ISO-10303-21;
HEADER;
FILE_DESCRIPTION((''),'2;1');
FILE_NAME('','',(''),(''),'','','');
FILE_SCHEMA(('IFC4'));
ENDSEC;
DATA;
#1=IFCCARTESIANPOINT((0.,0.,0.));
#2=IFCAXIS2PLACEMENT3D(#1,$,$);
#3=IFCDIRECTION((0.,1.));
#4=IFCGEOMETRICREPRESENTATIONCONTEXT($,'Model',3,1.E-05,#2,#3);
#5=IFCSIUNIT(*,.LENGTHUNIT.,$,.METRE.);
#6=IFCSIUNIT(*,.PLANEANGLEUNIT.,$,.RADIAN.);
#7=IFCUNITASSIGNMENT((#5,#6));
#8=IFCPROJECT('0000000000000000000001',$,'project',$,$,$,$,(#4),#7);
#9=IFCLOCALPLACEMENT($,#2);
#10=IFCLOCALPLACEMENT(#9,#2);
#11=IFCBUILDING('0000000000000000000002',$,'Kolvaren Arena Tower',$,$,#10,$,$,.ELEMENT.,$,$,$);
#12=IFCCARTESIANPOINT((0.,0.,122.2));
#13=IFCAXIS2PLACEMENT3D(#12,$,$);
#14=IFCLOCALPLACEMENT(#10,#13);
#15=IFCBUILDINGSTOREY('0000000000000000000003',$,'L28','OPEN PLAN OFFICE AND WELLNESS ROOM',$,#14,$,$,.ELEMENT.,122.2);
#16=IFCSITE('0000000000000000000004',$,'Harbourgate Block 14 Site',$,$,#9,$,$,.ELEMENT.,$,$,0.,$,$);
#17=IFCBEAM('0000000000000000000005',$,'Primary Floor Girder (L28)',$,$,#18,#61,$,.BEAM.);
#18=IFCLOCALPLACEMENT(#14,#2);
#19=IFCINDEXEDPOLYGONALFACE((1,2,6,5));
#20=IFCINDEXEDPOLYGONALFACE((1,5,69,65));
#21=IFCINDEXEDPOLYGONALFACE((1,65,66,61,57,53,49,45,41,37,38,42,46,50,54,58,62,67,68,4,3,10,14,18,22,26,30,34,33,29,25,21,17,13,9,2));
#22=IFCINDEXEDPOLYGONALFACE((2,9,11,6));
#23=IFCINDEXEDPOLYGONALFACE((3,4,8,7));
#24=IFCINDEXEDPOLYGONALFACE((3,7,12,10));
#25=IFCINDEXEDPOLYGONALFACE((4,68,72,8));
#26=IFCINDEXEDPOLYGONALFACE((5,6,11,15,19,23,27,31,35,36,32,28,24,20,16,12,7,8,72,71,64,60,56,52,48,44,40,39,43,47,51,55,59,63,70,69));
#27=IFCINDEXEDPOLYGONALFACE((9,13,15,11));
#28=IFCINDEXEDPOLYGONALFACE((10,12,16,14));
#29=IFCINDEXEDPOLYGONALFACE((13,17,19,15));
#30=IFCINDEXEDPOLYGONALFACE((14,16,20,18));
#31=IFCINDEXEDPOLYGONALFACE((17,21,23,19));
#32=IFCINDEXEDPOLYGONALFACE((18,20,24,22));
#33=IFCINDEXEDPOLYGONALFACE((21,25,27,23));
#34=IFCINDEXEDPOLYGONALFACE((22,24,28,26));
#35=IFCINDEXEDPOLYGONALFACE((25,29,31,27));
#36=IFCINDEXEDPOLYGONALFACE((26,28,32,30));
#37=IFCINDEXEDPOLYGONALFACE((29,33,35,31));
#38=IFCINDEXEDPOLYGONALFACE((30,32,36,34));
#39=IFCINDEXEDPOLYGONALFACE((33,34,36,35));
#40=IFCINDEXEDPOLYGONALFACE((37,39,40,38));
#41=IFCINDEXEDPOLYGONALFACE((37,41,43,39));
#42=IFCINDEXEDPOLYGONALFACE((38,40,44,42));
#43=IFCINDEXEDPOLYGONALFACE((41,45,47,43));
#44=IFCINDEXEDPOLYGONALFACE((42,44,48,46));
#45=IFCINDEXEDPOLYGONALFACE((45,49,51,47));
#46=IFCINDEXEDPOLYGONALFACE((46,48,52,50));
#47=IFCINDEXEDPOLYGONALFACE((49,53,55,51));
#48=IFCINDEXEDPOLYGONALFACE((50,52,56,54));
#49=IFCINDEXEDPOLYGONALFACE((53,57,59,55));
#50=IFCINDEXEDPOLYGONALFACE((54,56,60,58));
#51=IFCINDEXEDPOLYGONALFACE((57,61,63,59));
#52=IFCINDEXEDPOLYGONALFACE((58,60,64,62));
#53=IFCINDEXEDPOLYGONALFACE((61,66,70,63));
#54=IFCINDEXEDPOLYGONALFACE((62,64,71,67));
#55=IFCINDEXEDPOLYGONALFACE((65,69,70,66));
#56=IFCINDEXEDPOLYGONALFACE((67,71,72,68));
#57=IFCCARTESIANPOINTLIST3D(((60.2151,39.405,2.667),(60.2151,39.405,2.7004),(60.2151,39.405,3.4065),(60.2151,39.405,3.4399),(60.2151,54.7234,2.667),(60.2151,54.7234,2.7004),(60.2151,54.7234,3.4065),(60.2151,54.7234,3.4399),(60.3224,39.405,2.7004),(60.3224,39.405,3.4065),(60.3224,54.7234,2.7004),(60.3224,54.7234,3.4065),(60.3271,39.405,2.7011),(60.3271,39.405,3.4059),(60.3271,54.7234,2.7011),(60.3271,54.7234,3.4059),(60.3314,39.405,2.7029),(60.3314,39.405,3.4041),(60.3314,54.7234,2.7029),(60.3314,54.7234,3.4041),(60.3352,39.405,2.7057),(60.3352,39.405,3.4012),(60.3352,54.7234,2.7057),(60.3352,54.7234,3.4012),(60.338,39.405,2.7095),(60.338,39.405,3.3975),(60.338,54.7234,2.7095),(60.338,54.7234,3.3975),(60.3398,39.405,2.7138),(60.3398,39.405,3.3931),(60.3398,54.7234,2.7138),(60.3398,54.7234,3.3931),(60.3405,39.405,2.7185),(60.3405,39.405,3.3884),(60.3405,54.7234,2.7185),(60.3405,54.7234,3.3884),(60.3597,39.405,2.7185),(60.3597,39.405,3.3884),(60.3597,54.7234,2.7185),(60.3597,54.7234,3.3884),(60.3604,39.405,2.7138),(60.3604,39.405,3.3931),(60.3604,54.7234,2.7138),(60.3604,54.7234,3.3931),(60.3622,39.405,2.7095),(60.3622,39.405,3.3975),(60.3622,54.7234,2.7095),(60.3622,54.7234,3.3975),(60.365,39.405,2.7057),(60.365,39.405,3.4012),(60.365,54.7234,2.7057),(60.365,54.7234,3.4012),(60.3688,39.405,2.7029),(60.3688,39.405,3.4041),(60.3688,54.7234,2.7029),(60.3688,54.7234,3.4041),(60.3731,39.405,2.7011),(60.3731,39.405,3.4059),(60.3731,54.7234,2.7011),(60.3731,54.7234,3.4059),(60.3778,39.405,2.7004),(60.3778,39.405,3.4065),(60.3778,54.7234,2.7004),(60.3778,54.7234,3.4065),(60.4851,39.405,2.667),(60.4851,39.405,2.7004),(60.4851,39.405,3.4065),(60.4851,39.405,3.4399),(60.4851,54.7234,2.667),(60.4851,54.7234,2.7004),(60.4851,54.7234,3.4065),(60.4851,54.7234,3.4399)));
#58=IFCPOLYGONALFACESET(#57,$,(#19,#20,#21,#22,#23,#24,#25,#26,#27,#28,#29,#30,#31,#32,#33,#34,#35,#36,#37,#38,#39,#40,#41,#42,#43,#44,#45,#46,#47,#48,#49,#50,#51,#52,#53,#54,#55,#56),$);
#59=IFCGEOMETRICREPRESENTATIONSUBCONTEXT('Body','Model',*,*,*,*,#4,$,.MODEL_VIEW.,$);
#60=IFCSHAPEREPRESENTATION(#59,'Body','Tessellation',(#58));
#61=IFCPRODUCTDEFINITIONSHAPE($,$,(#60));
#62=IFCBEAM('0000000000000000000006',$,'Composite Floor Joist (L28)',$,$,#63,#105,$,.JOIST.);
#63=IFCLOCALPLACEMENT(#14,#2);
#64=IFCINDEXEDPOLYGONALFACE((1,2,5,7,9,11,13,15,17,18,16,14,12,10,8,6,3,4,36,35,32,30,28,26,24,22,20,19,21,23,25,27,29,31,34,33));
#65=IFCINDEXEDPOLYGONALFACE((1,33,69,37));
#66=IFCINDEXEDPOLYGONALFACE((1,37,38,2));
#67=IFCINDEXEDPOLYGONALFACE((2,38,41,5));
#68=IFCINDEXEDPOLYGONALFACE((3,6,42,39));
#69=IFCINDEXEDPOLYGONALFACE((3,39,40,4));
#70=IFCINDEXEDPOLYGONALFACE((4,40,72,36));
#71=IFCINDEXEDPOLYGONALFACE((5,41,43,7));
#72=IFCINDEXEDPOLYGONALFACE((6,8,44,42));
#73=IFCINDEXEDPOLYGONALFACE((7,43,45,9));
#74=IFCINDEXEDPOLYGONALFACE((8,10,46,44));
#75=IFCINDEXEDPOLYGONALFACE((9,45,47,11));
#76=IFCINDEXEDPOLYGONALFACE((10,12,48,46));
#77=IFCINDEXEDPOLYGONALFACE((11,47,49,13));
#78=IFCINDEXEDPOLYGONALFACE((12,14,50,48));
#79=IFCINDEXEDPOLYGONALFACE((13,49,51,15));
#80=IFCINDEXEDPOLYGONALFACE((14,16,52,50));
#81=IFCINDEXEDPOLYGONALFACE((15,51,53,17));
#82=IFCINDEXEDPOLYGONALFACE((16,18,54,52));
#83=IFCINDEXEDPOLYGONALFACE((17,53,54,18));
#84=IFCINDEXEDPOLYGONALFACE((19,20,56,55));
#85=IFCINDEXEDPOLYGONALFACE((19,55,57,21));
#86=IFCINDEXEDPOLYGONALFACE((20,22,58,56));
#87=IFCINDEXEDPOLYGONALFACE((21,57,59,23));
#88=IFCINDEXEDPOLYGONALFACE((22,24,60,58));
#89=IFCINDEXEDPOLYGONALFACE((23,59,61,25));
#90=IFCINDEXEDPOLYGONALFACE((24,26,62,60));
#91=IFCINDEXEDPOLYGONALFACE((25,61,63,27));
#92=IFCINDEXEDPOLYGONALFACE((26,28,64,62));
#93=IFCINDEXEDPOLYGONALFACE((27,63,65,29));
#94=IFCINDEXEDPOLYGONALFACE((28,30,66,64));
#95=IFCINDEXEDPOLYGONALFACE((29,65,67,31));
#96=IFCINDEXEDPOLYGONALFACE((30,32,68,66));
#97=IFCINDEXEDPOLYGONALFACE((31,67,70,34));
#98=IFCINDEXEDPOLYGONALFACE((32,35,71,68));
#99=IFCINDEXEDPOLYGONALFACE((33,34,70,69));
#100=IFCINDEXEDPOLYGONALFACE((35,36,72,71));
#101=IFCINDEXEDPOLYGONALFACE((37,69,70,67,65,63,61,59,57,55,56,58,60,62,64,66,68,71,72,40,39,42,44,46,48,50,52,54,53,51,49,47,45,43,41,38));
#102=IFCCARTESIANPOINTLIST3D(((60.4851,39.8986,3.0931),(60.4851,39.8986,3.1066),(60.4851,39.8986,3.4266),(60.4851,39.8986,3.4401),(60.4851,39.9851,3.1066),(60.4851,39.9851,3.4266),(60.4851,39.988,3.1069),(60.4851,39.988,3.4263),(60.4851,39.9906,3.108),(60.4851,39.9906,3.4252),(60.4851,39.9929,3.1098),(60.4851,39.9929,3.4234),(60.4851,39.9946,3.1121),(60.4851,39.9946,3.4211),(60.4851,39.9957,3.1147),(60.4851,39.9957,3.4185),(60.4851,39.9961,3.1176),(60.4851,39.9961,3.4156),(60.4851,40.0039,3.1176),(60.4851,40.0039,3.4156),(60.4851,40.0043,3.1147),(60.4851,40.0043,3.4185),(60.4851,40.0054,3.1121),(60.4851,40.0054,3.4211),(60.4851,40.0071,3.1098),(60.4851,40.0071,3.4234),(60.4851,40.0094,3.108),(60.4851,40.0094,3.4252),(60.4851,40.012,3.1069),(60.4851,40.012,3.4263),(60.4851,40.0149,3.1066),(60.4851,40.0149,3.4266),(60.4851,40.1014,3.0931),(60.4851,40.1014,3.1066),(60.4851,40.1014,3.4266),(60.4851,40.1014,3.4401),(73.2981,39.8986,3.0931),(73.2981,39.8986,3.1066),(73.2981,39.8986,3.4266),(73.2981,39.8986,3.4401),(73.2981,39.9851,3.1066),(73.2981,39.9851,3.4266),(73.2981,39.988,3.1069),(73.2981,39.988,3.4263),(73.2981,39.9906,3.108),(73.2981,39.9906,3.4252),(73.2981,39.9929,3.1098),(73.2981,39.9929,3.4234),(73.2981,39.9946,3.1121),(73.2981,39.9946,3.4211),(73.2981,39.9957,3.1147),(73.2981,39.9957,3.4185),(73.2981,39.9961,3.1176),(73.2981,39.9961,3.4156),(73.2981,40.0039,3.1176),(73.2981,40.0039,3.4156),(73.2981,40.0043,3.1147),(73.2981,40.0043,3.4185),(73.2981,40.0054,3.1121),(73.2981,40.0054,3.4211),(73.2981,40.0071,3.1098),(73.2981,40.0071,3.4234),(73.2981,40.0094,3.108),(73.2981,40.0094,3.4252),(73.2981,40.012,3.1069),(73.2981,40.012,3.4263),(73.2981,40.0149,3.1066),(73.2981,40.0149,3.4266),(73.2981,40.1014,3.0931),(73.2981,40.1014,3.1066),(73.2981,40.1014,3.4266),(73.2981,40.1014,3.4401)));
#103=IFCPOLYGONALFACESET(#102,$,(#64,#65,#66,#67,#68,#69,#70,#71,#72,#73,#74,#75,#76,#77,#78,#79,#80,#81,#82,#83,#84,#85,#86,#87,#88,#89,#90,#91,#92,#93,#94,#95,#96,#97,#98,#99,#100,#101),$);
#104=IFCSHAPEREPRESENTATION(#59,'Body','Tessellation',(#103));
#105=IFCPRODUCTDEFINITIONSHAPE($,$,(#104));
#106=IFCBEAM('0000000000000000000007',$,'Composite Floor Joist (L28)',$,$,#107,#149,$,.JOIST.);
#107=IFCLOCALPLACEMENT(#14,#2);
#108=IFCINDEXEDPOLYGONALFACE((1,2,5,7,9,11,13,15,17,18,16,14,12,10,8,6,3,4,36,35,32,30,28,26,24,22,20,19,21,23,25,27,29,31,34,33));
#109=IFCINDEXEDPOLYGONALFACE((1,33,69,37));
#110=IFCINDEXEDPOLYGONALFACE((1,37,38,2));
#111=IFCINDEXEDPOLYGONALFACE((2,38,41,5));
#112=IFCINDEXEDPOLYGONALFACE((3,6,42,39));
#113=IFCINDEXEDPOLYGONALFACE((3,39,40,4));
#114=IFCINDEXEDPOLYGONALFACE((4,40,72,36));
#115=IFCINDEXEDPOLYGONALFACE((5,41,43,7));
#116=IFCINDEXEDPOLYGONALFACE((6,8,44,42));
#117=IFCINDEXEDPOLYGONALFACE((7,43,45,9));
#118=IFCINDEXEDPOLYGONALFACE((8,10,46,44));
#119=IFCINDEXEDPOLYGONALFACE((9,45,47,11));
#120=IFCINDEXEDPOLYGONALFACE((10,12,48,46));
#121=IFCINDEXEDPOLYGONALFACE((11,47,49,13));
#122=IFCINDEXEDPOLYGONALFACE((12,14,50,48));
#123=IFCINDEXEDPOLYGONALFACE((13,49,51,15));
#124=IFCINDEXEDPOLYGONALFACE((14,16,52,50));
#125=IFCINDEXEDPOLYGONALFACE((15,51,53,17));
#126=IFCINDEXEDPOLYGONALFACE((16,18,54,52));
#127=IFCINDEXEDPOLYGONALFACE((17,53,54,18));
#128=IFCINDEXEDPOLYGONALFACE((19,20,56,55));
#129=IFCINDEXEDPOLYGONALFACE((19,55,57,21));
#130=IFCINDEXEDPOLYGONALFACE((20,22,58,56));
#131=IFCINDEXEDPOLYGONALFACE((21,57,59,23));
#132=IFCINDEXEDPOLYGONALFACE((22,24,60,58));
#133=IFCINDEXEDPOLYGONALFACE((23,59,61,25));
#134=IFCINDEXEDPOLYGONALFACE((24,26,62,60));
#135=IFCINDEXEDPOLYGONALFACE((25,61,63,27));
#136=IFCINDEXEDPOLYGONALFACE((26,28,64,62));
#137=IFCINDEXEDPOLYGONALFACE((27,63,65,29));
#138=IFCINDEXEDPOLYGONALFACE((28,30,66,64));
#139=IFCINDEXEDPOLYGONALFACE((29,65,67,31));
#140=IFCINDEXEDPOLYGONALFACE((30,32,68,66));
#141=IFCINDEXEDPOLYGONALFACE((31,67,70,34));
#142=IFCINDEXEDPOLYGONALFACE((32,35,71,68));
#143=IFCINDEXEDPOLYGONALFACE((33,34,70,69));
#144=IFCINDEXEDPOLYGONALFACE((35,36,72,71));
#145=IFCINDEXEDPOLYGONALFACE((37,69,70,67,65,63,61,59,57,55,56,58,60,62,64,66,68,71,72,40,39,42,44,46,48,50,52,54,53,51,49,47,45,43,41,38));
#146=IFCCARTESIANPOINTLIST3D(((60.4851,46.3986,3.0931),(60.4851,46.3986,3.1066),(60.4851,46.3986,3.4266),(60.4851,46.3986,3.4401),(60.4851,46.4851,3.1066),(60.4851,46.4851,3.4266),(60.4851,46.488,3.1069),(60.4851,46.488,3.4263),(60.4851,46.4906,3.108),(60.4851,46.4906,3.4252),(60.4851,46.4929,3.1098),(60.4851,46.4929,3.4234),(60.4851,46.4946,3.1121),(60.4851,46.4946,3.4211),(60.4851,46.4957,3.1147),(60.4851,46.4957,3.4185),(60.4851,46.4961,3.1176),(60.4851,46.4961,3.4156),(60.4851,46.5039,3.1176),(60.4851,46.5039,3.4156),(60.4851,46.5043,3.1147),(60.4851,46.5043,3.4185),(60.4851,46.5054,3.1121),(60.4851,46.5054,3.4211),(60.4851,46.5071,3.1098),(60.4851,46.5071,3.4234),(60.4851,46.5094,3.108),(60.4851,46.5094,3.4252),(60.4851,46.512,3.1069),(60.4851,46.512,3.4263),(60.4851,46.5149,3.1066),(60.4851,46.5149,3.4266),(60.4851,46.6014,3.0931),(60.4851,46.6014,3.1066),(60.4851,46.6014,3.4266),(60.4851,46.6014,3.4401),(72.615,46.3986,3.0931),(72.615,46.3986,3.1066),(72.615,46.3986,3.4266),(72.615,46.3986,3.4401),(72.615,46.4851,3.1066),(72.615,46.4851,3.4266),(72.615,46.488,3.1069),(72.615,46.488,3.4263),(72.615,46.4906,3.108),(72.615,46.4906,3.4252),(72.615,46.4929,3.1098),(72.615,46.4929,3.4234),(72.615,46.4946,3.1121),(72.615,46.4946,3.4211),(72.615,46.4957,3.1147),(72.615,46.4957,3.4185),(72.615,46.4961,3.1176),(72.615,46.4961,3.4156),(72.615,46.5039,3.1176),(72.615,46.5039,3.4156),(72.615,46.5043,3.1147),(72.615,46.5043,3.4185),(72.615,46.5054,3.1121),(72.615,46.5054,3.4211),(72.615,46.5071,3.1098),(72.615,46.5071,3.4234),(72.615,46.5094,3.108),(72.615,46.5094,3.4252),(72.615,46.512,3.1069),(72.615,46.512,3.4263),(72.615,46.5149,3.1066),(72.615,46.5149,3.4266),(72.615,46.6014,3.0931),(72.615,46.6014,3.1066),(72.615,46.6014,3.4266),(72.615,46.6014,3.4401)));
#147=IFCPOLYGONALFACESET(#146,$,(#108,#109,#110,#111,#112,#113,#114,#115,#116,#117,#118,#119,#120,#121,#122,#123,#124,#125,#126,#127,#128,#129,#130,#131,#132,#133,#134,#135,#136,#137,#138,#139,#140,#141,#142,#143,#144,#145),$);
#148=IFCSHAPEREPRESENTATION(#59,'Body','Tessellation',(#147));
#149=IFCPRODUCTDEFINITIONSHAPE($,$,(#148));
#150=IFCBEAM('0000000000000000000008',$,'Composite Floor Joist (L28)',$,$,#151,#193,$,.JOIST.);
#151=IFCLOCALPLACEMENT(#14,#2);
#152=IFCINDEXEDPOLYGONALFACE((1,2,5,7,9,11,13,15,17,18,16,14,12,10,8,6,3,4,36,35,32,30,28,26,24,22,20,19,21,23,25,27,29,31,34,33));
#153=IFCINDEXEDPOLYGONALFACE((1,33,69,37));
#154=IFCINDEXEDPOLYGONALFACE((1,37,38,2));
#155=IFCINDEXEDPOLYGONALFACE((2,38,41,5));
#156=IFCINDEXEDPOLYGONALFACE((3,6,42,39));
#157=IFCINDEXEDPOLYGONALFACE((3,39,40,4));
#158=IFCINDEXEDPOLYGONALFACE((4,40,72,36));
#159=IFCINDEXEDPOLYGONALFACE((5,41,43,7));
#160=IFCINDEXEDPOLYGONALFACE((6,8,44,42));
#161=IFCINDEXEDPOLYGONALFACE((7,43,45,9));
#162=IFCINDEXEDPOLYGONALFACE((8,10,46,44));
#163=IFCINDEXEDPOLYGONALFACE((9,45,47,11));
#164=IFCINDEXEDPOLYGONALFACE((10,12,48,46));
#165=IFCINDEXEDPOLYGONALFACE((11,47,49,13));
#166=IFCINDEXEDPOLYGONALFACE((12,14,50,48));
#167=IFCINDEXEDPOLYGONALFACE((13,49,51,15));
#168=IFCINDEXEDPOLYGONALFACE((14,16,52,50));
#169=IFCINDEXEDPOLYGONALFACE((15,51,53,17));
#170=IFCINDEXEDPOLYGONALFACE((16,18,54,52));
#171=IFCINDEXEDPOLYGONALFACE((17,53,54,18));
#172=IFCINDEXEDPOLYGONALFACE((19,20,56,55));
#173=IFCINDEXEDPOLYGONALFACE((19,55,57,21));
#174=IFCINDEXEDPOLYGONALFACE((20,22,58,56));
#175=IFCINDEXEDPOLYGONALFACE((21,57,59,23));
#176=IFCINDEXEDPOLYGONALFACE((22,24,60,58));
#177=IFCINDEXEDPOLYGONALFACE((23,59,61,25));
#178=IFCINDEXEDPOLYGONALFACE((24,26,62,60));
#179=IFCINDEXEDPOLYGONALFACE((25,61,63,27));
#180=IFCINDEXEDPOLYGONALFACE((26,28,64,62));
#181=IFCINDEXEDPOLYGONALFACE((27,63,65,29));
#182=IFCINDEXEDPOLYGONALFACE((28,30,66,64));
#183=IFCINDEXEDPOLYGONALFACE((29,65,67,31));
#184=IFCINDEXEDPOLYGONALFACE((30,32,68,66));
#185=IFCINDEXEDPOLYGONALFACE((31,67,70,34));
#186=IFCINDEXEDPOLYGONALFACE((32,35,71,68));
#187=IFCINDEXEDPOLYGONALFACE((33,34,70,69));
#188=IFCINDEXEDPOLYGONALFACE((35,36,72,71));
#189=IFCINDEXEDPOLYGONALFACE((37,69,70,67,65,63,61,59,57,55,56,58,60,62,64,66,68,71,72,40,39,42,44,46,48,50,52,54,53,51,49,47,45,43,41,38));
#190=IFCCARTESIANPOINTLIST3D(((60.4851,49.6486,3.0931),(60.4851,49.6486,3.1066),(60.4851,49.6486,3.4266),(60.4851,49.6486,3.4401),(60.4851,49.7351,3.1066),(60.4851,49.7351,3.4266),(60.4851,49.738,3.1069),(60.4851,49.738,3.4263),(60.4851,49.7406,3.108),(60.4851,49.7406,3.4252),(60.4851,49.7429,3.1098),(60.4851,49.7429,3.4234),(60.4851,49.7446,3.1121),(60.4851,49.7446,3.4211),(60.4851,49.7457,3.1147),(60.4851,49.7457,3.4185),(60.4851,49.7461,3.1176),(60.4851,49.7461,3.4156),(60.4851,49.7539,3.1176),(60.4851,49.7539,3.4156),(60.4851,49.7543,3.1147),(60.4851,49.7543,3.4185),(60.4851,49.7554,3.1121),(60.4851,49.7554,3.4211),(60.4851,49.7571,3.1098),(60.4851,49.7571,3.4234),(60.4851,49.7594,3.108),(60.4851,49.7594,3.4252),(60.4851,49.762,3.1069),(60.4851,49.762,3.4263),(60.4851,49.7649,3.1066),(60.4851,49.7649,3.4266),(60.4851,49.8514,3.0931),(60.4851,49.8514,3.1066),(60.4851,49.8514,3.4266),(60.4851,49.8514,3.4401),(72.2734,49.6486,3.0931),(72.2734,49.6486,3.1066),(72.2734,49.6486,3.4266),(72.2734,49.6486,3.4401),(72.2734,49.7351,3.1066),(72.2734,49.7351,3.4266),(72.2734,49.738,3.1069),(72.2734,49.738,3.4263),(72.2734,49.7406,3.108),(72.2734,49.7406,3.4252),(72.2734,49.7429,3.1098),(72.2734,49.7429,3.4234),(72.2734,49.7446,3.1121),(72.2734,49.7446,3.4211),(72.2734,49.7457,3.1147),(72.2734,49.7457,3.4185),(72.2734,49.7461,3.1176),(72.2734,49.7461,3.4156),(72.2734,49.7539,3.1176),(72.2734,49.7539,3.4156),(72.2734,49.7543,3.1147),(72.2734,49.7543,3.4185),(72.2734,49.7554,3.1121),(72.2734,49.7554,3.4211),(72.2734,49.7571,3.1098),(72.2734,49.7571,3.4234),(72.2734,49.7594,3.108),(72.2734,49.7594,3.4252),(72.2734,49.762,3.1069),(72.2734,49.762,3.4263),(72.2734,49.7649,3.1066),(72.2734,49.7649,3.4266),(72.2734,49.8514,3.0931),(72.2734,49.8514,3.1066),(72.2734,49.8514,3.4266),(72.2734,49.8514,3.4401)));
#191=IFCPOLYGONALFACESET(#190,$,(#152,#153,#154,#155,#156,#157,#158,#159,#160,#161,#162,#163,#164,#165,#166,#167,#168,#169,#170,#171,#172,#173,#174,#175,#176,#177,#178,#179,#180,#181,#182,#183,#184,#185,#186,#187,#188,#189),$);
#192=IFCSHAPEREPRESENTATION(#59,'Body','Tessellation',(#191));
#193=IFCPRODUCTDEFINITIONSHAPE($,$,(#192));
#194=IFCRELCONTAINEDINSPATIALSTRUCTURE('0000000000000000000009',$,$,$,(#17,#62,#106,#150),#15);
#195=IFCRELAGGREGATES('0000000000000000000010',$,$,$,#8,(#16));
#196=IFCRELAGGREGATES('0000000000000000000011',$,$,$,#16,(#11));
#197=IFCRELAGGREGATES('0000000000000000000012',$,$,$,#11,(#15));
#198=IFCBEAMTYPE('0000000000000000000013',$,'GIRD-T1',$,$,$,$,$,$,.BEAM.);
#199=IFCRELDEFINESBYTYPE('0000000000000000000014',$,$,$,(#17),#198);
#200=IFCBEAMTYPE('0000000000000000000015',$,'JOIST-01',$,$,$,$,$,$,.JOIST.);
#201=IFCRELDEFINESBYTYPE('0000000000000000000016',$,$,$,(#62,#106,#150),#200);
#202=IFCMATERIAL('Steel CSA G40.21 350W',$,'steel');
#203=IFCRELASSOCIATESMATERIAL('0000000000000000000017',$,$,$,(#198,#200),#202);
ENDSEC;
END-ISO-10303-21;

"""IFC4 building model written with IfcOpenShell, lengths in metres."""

from ifc_helpers import new_model, si_unit, direction, frame, origin, origin_2d, place, context, subcontext, project, spatial, i_section, extrude, material, material_profile, profile_set, type_object, element, save


model = new_model("IFC4")

# Units and contexts
model_context = context("Model", 3, precision=1e-05, world=origin(), true_north=direction((0.0, 1.0)))
body_context = subcontext(model_context, "Body", "Model", "MODEL_VIEW")
ifc_project = project(units=[si_unit("LENGTHUNIT", "METRE"), si_unit("PLANEANGLEUNIT", "RADIAN")], contexts=[model_context])

# Site, building, storey
site_placement = place(None, origin())
site = spatial("IfcSite", under=ifc_project, at=site_placement, Name="Harbourgate Block 14 Site", CompositionType="ELEMENT", RefElevation=0.0)
building_placement = place(site_placement, origin())
building = spatial("IfcBuilding", under=site, at=building_placement, Name="Kolvaren Arena Tower", CompositionType="ELEMENT")
storey_placement = place(building_placement, frame((0.0, 0.0, 122.2)))
storey = spatial("IfcBuildingStorey", under=building, at=storey_placement, Name="L28", Description="OPEN PLAN OFFICE AND WELLNESS ROOM", CompositionType="ELEMENT", Elevation=122.2)

# Beams
ifc_material_1 = material(Name="Steel CSA G40.21 350W", Category="steel")
ifc_material_profile_1 = material_profile(ifc_material_1, i_section(OverallWidth=0.27, OverallDepth=0.7729, WebThickness=0.0193, FlangeThickness=0.0334, FilletRadius=0.0181, at=origin_2d()), Name="W760x257")
ifc_profile_set_1 = profile_set([ifc_material_profile_1], Name="Steel CSA G40.21 350W")
beam_type_1 = type_object("IfcBeamType", Name="GIRD-T1", PredefinedType="BEAM", material=ifc_profile_set_1)
beam_1_placement = place(storey_placement, frame((60.3501, 39.405, 3.0535), z_axis=(0.0, 1.0, 0.0), x_axis=(-1.0, 0.0, 0.0)))
element("IfcBeam", 1, at=beam_1_placement, inside=storey, type_object=beam_type_1, Name="Primary Floor Girder (L28)", PredefinedType="BEAM", context=body_context, shape_type="SweptSolid", body=[
    extrude(i_section(OverallWidth=0.27, OverallDepth=0.7729, WebThickness=0.0193, FlangeThickness=0.0334, FilletRadius=0.0181, at=origin_2d()), origin(), (0.0, 0.0, 1.0), 15.3184),
])
ifc_material_profile_2 = material_profile(ifc_material_1, i_section(OverallWidth=0.2029, OverallDepth=0.3469, WebThickness=0.0078, FlangeThickness=0.0134, FilletRadius=0.011, at=origin_2d()), Name="W360x64")
ifc_profile_set_2 = profile_set([ifc_material_profile_2], Name="Steel CSA G40.21 350W")
beam_type_2 = type_object("IfcBeamType", Name="JOIST-01", PredefinedType="JOIST", material=ifc_profile_set_2)
beam_2_placement = place(storey_placement, frame((60.4851, 40.0, 3.2666), z_axis=(1.0, 0.0, 0.0), x_axis=(0.0, 1.0, 0.0)))
element("IfcBeam", 2, at=beam_2_placement, inside=storey, type_object=beam_type_2, Name="Composite Floor Joist (L28)", PredefinedType="JOIST", context=body_context, shape_type="SweptSolid", body=[
    extrude(i_section(OverallWidth=0.2029, OverallDepth=0.3469, WebThickness=0.0078, FlangeThickness=0.0134, FilletRadius=0.011, at=origin_2d()), origin(), (0.0, 0.0, 1.0), 12.813),
])
beam_3_placement = place(storey_placement, frame((60.4851, 46.5, 3.2666), z_axis=(1.0, 0.0, 0.0), x_axis=(0.0, 1.0, 0.0)))
element("IfcBeam", 3, at=beam_3_placement, inside=storey, type_object=beam_type_2, Name="Composite Floor Joist (L28)", PredefinedType="JOIST", context=body_context, shape_type="SweptSolid", body=[
    extrude(i_section(OverallWidth=0.2029, OverallDepth=0.3469, WebThickness=0.0078, FlangeThickness=0.0134, FilletRadius=0.011, at=origin_2d()), origin(), (0.0, 0.0, 1.0), 12.1299),
])
beam_4_placement = place(storey_placement, frame((60.4851, 49.75, 3.2666), z_axis=(1.0, 0.0, 0.0), x_axis=(0.0, 1.0, 0.0)))
element("IfcBeam", 4, at=beam_4_placement, inside=storey, type_object=beam_type_2, Name="Composite Floor Joist (L28)", PredefinedType="JOIST", context=body_context, shape_type="SweptSolid", body=[
    extrude(i_section(OverallWidth=0.2029, OverallDepth=0.3469, WebThickness=0.0078, FlangeThickness=0.0134, FilletRadius=0.011, at=origin_2d()), origin(), (0.0, 0.0, 1.0), 11.7883),
])

save(model, "model.ifc")
